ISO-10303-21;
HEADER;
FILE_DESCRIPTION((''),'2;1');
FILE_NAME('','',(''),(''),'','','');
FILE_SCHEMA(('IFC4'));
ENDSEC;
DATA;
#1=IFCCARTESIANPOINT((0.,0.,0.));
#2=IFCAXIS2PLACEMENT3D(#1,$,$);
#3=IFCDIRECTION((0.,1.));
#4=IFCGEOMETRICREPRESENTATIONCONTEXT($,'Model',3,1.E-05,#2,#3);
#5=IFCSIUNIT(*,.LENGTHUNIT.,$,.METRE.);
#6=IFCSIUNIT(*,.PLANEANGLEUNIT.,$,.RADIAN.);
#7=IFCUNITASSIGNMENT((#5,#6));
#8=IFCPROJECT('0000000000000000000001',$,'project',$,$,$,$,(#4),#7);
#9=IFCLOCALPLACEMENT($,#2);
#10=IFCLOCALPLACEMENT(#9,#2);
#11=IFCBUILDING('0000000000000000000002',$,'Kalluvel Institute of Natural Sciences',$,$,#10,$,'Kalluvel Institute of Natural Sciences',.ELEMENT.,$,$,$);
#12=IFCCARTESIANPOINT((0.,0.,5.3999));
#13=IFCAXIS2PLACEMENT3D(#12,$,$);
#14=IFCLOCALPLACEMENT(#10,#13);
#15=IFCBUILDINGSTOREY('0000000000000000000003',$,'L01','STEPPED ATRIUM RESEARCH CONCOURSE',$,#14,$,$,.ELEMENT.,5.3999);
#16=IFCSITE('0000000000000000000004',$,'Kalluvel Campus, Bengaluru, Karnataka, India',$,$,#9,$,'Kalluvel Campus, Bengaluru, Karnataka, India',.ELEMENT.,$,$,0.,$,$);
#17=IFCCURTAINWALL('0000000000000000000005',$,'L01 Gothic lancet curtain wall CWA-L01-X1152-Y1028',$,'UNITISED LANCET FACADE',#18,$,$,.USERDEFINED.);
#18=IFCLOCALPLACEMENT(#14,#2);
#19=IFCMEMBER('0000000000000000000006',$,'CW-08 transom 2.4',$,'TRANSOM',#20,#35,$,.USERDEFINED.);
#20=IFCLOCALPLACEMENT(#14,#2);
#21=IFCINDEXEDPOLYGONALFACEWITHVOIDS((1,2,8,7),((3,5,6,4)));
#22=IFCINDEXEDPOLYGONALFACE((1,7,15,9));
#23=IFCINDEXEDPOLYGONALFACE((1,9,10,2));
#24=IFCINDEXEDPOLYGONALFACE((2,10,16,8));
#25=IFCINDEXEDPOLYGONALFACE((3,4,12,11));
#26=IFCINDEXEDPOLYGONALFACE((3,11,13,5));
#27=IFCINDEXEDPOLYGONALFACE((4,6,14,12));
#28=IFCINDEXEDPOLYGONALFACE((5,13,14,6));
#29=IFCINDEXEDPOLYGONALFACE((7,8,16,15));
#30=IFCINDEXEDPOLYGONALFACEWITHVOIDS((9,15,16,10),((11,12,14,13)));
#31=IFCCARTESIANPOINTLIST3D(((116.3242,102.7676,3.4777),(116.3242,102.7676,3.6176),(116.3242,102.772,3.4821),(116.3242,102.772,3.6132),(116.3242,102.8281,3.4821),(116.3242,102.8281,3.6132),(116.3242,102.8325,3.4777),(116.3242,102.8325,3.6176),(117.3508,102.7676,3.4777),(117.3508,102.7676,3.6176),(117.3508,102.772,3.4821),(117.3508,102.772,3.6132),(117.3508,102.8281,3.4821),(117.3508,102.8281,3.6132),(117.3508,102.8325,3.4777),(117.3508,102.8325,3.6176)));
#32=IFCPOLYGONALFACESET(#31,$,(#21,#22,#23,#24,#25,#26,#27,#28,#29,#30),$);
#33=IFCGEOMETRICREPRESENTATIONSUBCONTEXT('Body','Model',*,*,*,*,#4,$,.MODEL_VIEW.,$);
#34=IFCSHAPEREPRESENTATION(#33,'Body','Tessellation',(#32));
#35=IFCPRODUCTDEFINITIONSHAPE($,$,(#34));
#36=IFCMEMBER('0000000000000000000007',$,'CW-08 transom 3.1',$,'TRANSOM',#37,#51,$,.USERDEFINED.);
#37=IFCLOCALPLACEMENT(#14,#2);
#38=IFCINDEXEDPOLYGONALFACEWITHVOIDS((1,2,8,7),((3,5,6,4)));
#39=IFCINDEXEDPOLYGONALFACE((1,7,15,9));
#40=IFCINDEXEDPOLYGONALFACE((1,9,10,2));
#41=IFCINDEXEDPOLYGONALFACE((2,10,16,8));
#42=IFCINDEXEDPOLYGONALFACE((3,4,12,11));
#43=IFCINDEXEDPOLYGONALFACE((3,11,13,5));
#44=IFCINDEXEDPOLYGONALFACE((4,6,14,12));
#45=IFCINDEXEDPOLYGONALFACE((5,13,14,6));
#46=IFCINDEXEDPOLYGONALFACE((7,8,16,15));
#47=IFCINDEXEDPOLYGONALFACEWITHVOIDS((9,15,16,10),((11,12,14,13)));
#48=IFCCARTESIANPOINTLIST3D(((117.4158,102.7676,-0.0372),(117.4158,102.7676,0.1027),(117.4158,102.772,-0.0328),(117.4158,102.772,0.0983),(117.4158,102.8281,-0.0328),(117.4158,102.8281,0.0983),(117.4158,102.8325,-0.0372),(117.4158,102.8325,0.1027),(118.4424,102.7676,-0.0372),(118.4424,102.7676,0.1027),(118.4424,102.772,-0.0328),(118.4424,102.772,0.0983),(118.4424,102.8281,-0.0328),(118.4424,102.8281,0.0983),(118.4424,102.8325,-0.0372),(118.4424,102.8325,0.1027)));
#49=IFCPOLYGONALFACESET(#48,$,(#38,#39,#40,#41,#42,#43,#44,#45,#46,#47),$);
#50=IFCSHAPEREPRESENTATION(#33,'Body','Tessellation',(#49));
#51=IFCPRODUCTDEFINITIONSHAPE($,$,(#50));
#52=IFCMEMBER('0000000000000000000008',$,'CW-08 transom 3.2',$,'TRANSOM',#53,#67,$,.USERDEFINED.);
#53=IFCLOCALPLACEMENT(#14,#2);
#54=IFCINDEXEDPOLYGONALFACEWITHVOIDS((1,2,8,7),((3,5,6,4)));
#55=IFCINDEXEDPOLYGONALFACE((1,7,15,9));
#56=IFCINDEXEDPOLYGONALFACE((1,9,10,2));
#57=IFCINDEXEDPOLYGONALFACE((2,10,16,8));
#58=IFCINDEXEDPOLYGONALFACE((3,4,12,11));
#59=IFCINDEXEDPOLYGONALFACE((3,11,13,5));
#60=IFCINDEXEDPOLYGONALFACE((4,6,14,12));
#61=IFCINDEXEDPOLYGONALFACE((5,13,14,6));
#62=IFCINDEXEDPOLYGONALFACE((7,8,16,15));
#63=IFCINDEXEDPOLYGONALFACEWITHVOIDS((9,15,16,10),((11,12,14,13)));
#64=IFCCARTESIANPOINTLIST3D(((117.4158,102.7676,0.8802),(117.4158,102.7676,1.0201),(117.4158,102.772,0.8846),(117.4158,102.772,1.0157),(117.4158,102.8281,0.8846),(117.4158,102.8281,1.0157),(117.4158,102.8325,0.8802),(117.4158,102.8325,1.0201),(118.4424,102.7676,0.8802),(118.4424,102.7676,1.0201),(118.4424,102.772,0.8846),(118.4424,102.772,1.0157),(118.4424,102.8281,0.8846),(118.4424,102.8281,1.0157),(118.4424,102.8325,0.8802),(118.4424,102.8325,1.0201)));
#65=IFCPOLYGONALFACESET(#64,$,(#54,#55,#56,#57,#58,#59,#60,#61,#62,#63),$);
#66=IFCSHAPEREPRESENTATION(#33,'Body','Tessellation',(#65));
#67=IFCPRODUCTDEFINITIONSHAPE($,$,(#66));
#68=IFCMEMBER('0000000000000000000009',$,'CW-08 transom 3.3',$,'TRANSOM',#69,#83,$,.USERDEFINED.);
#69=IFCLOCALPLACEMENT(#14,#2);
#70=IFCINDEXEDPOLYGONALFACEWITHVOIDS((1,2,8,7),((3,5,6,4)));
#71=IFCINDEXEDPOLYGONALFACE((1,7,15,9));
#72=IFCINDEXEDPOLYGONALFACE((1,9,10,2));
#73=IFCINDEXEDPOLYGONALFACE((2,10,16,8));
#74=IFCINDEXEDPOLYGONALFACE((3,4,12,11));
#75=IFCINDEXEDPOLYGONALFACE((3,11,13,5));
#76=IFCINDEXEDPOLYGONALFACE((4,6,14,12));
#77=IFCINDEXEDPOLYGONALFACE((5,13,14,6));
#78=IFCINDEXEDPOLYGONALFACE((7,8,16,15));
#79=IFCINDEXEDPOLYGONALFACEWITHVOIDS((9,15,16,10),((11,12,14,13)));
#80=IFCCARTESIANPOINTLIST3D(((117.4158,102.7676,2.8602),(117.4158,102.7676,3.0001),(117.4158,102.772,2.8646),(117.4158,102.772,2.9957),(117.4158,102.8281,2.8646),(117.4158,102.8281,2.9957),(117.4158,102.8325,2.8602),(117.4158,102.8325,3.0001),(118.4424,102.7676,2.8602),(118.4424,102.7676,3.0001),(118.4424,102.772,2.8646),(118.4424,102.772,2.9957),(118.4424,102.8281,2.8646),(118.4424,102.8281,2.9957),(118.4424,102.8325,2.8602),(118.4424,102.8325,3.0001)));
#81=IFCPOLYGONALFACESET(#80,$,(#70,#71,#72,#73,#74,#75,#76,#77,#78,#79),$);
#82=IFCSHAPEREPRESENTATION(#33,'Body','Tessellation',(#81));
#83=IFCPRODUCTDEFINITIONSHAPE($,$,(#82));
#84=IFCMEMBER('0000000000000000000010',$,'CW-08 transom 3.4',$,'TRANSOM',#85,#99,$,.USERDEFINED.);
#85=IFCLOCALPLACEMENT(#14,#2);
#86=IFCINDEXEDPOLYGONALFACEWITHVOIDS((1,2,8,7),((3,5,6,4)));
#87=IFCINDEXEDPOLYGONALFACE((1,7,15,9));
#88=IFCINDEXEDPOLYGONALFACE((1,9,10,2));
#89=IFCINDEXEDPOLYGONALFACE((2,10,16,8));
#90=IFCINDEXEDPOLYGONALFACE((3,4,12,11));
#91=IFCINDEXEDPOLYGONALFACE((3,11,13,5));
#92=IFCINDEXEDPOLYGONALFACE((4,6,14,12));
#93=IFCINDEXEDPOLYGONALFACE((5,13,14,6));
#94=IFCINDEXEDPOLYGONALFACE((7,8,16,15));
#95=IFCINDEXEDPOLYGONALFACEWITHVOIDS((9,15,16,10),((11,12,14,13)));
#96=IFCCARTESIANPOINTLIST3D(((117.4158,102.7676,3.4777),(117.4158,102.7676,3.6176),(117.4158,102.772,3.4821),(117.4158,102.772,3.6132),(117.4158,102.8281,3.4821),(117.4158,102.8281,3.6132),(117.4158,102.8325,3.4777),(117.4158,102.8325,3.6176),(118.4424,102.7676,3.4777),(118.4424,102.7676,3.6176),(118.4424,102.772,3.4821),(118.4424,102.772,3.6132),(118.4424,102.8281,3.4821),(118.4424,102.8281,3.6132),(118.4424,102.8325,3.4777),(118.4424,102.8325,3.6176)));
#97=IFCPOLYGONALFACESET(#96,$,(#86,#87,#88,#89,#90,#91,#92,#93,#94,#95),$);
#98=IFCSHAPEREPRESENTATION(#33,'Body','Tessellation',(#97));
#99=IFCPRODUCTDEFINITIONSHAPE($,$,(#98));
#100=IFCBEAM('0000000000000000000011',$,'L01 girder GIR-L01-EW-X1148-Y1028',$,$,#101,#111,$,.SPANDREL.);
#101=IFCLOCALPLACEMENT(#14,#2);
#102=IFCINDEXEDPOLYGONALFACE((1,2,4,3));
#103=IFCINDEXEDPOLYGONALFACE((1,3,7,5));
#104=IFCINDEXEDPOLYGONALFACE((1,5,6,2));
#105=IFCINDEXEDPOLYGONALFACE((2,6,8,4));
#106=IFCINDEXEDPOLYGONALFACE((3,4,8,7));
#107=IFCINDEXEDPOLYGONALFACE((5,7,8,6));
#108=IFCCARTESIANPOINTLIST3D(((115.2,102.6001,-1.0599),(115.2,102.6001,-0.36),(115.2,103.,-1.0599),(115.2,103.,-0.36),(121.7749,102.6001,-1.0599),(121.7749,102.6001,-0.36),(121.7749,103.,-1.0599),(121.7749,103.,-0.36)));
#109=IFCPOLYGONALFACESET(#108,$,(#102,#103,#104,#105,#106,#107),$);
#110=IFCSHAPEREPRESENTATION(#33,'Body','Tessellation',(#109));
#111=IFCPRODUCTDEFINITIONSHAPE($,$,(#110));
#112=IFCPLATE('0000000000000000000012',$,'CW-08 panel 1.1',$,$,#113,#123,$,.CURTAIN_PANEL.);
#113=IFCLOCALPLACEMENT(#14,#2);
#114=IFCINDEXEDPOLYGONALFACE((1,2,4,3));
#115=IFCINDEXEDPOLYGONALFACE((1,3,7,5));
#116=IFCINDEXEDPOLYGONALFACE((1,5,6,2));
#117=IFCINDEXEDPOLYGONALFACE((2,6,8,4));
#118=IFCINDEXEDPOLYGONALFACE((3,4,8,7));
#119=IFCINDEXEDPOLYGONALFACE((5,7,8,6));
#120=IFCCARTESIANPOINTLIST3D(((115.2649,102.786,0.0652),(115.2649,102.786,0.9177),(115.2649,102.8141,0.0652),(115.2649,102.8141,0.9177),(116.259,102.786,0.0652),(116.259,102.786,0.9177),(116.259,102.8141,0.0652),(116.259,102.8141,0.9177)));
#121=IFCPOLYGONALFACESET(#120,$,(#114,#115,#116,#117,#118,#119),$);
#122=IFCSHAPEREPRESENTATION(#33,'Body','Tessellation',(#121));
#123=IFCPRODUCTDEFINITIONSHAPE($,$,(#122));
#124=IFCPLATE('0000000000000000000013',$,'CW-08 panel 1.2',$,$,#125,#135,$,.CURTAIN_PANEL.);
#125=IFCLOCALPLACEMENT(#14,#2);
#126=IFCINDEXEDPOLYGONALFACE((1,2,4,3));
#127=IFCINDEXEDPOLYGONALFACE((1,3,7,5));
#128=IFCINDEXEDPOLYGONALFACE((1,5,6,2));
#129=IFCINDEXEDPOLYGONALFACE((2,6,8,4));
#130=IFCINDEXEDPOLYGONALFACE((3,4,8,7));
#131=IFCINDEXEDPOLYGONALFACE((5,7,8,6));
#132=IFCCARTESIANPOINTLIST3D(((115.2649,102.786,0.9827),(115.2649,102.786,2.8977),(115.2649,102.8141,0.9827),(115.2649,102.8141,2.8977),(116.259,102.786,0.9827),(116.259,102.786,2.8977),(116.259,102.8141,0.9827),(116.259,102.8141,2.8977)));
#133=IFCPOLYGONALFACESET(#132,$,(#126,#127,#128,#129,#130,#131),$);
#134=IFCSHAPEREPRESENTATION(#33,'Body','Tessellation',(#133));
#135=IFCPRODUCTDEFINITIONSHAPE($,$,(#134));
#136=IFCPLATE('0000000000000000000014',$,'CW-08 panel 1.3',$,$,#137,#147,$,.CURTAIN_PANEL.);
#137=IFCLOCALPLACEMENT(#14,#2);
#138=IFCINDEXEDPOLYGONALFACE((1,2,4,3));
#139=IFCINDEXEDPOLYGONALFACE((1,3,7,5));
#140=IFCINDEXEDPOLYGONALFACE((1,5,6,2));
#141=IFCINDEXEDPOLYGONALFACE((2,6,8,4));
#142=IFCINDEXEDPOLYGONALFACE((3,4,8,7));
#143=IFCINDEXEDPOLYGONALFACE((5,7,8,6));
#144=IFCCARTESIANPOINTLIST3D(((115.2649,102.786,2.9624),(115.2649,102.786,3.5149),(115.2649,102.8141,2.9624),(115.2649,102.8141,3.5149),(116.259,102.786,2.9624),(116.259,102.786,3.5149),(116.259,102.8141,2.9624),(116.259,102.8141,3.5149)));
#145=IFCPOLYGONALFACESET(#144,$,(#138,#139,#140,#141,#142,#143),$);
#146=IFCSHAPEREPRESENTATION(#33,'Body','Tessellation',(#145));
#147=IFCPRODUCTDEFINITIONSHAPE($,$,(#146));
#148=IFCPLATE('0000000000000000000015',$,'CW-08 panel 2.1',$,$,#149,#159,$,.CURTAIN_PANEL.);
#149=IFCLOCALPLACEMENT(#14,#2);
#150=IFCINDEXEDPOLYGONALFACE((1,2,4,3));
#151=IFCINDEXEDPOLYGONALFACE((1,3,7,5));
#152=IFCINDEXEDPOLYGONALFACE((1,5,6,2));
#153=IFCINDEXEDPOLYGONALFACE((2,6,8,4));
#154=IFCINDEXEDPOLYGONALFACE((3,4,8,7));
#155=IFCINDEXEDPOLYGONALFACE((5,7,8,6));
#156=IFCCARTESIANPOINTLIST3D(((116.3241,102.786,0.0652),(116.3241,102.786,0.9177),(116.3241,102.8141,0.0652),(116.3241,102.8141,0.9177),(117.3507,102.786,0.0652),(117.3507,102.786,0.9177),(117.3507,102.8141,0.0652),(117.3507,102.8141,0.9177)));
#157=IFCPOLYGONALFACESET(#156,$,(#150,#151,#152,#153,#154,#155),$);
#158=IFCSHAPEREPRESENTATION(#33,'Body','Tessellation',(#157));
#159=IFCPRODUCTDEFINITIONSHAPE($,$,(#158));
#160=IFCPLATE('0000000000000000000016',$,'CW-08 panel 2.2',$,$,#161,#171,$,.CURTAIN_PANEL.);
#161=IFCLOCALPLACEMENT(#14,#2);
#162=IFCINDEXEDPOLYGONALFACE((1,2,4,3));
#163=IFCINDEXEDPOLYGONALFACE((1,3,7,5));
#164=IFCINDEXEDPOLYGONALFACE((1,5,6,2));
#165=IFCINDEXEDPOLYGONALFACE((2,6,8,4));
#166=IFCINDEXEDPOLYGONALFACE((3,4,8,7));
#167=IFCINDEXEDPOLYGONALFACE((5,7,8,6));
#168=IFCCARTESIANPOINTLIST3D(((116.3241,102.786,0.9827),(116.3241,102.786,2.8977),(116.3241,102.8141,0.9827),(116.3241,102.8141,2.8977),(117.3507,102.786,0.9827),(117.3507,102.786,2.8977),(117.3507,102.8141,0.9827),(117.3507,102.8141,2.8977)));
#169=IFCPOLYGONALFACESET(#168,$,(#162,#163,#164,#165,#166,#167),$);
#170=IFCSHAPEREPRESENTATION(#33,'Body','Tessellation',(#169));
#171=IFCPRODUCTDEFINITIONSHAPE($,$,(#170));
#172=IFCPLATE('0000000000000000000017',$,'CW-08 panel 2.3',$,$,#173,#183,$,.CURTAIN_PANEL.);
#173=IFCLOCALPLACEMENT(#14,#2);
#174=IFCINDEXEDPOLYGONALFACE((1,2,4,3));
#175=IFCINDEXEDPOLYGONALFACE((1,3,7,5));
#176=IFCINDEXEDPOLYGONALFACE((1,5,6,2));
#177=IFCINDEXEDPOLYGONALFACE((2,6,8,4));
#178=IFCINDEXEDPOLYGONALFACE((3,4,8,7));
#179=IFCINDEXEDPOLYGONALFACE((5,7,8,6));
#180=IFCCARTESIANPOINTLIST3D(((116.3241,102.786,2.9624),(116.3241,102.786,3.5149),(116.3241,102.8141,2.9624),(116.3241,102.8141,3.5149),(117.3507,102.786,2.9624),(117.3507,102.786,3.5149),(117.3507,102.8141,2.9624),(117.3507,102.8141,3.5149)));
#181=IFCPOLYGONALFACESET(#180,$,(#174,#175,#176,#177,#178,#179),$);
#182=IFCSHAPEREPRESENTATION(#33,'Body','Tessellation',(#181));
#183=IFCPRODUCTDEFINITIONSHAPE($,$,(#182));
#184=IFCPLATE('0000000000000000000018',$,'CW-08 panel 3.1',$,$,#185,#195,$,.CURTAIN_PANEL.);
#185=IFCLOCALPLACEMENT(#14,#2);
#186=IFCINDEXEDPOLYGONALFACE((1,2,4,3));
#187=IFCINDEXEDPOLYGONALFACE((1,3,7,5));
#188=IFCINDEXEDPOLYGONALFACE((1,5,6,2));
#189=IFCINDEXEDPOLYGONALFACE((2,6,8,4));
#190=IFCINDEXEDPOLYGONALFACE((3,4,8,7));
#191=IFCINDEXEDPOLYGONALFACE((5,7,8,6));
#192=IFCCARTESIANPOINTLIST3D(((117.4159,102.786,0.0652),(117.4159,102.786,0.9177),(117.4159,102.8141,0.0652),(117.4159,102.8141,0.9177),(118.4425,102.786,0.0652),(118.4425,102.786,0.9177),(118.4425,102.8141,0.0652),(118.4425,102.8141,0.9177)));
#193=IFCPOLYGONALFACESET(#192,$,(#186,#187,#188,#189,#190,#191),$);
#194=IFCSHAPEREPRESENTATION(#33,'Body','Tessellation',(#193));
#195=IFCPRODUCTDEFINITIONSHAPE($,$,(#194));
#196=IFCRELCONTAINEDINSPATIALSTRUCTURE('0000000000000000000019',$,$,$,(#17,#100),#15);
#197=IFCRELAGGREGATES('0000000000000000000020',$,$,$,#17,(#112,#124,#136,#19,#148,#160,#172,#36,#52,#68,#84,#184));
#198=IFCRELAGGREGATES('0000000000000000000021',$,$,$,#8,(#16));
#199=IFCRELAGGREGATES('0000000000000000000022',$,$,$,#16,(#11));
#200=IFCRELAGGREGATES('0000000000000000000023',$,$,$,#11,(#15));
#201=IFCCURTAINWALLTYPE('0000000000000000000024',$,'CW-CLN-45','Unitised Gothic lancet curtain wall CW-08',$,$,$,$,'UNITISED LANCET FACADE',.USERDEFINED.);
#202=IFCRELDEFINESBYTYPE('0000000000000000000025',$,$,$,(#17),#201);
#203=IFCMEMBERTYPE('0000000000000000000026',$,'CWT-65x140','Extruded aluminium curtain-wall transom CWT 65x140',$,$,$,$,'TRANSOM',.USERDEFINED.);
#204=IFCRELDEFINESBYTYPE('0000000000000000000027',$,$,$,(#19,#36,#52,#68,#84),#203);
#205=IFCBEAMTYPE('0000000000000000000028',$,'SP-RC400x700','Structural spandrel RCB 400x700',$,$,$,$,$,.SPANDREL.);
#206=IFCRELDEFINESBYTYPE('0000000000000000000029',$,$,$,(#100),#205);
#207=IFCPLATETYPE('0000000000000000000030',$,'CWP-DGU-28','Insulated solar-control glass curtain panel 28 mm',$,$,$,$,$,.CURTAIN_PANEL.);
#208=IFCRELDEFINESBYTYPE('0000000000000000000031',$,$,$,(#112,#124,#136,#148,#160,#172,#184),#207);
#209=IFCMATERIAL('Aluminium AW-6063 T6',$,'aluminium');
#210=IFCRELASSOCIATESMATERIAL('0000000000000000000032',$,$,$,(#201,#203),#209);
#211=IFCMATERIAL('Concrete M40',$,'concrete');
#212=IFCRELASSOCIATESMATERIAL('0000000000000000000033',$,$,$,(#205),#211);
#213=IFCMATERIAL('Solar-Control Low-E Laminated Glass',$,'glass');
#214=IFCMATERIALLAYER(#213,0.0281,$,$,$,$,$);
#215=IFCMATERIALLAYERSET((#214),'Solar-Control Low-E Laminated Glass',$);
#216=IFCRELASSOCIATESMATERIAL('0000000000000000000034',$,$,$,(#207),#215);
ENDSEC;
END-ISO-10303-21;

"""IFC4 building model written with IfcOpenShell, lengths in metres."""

from ifc_helpers import new_model, si_unit, direction, frame, origin, origin_2d, place, context, subcontext, project, spatial, rectangle, hollow_rectangle, extrude, material, layer, layer_set, material_profile, profile_set, type_object, element, aggregate, save


model = new_model("IFC4")

# Units and contexts
model_context = context("Model", 3, precision=1e-05, world=origin(), true_north=direction((0.0, 1.0)))
body_context = subcontext(model_context, "Body", "Model", "MODEL_VIEW")
ifc_project = project(units=[si_unit("LENGTHUNIT", "METRE"), si_unit("PLANEANGLEUNIT", "RADIAN")], contexts=[model_context])

# Site, building, storey
site_placement = place(None, origin())
site = spatial("IfcSite", under=ifc_project, at=site_placement, Name="Kalluvel Campus, Bengaluru, Karnataka, India", LongName="Kalluvel Campus, Bengaluru, Karnataka, India", CompositionType="ELEMENT", RefElevation=0.0)
building_placement = place(site_placement, origin())
building = spatial("IfcBuilding", under=site, at=building_placement, Name="Kalluvel Institute of Natural Sciences", LongName="Kalluvel Institute of Natural Sciences", CompositionType="ELEMENT")
storey_placement = place(building_placement, frame((0.0, 0.0, 5.3999)))
storey = spatial("IfcBuildingStorey", under=building, at=storey_placement, Name="L01", Description="STEPPED ATRIUM RESEARCH CONCOURSE", CompositionType="ELEMENT", Elevation=5.3999)

# Shared definitions
ifc_material_1 = material(Name="Concrete M40", Category="concrete")

# Curtain wall, members
ifc_material_2 = material(Name="Aluminium AW-6063 T6", Category="aluminium")
curtain_wall_type = type_object("IfcCurtainWallType", Name="CW-CLN-45", Description="Unitised Gothic lancet curtain wall CW-08", ElementType="UNITISED LANCET FACADE", PredefinedType="USERDEFINED", material=ifc_material_2)
curtain_wall_placement = place(storey_placement, origin())
curtain_wall = element("IfcCurtainWall", 1, at=curtain_wall_placement, inside=storey, type_object=curtain_wall_type, Name="L01 Gothic lancet curtain wall CWA-L01-X1152-Y1028", ObjectType="UNITISED LANCET FACADE", PredefinedType="USERDEFINED")
ifc_material_profile_1 = material_profile(ifc_material_2, hollow_rectangle(XDim=0.0649, YDim=0.1399, WallThickness=0.0044, at=origin_2d()), Name="CWT 65x140")
ifc_profile_set_1 = profile_set([ifc_material_profile_1], Name="Aluminium AW-6063 T6")
member_type_1 = type_object("IfcMemberType", Name="CWT-65x140", Description="Extruded aluminium curtain-wall transom CWT 65x140", ElementType="TRANSOM", PredefinedType="USERDEFINED", material=ifc_profile_set_1)
member_1_placement = place(storey_placement, frame((116.3242, 102.8, 3.5476), z_axis=(1.0, 0.0, 0.0), x_axis=(0.0, 1.0, 0.0)))
member_1 = element("IfcMember", 2, at=member_1_placement, type_object=member_type_1, Name="CW-08 transom 2.4", ObjectType="TRANSOM", PredefinedType="USERDEFINED", context=body_context, shape_type="SweptSolid", body=[
    extrude(hollow_rectangle(XDim=0.0649, YDim=0.1399, WallThickness=0.0044, at=origin_2d()), origin(), (0.0, 0.0, 1.0), 1.0266),
])
member_2_placement = place(storey_placement, frame((117.4158, 102.8, 0.0327), z_axis=(1.0, 0.0, 0.0), x_axis=(0.0, 1.0, 0.0)))
member_2 = element("IfcMember", 3, at=member_2_placement, type_object=member_type_1, Name="CW-08 transom 3.1", ObjectType="TRANSOM", PredefinedType="USERDEFINED", context=body_context, shape_type="SweptSolid", body=[
    extrude(hollow_rectangle(XDim=0.0649, YDim=0.1399, WallThickness=0.0044, at=origin_2d()), origin(), (0.0, 0.0, 1.0), 1.0266),
])
member_3_placement = place(storey_placement, frame((117.4158, 102.8, 0.9502), z_axis=(1.0, 0.0, 0.0), x_axis=(0.0, 1.0, 0.0)))
member_3 = element("IfcMember", 4, at=member_3_placement, type_object=member_type_1, Name="CW-08 transom 3.2", ObjectType="TRANSOM", PredefinedType="USERDEFINED", context=body_context, shape_type="SweptSolid", body=[
    extrude(hollow_rectangle(XDim=0.0649, YDim=0.1399, WallThickness=0.0044, at=origin_2d()), origin(), (0.0, 0.0, 1.0), 1.0266),
])
member_4_placement = place(storey_placement, frame((117.4158, 102.8, 2.9302), z_axis=(1.0, 0.0, 0.0), x_axis=(0.0, 1.0, 0.0)))
member_4 = element("IfcMember", 5, at=member_4_placement, type_object=member_type_1, Name="CW-08 transom 3.3", ObjectType="TRANSOM", PredefinedType="USERDEFINED", context=body_context, shape_type="SweptSolid", body=[
    extrude(hollow_rectangle(XDim=0.0649, YDim=0.1399, WallThickness=0.0044, at=origin_2d()), origin(), (0.0, 0.0, 1.0), 1.0266),
])
member_5_placement = place(storey_placement, frame((117.4158, 102.8, 3.5476), z_axis=(1.0, 0.0, 0.0), x_axis=(0.0, 1.0, 0.0)))
member_5 = element("IfcMember", 6, at=member_5_placement, type_object=member_type_1, Name="CW-08 transom 3.4", ObjectType="TRANSOM", PredefinedType="USERDEFINED", context=body_context, shape_type="SweptSolid", body=[
    extrude(hollow_rectangle(XDim=0.0649, YDim=0.1399, WallThickness=0.0044, at=origin_2d()), origin(), (0.0, 0.0, 1.0), 1.0266),
])

# Beam
ifc_material_profile_2 = material_profile(ifc_material_1, rectangle(XDim=0.3999, YDim=0.7, at=origin_2d()), Name="RCB 400x700")
ifc_profile_set_2 = profile_set([ifc_material_profile_2], Name="Concrete M40")
beam_type = type_object("IfcBeamType", Name="SP-RC400x700", Description="Structural spandrel RCB 400x700", PredefinedType="SPANDREL", material=ifc_profile_set_2)
beam_placement = place(storey_placement, frame((115.2, 102.8, -0.71), z_axis=(1.0, 0.0, 0.0), x_axis=(0.0, 1.0, 0.0)))
element("IfcBeam", 7, at=beam_placement, inside=storey, type_object=beam_type, Name="L01 girder GIR-L01-EW-X1148-Y1028", PredefinedType="SPANDREL", context=body_context, shape_type="SweptSolid", body=[
    extrude(rectangle(XDim=0.3999, YDim=0.7, at=origin_2d()), origin(), (0.0, 0.0, 1.0), 6.575),
])

# Plates
ifc_material_3 = material(Name="Solar-Control Low-E Laminated Glass", Category="glass")
ifc_layer = layer(ifc_material_3, 0.0281)
ifc_layer_set = layer_set([ifc_layer], Name="Solar-Control Low-E Laminated Glass")
plate_type = type_object("IfcPlateType", Name="CWP-DGU-28", Description="Insulated solar-control glass curtain panel 28 mm", PredefinedType="CURTAIN_PANEL", material=ifc_layer_set)
plate_1_placement = place(storey_placement, frame((115.762, 102.8, 0.0652), z_axis=(0.0, 0.0, 1.0), x_axis=(1.0, 0.0, 0.0)))
plate_1 = element("IfcPlate", 8, at=plate_1_placement, type_object=plate_type, Name="CW-08 panel 1.1", PredefinedType="CURTAIN_PANEL", context=body_context, shape_type="SweptSolid", body=[
    extrude(rectangle(XDim=0.9941, YDim=0.0281, at=origin_2d()), origin(), (0.0, 0.0, 1.0), 0.8525),
])
plate_2_placement = place(storey_placement, frame((115.762, 102.8, 0.9827), z_axis=(0.0, 0.0, 1.0), x_axis=(1.0, 0.0, 0.0)))
plate_2 = element("IfcPlate", 9, at=plate_2_placement, type_object=plate_type, Name="CW-08 panel 1.2", PredefinedType="CURTAIN_PANEL", context=body_context, shape_type="SweptSolid", body=[
    extrude(rectangle(XDim=0.9941, YDim=0.0281, at=origin_2d()), origin(), (0.0, 0.0, 1.0), 1.915),
])
plate_3_placement = place(storey_placement, frame((115.762, 102.8, 2.9624), z_axis=(0.0, 0.0, 1.0), x_axis=(1.0, 0.0, 0.0)))
plate_3 = element("IfcPlate", 10, at=plate_3_placement, type_object=plate_type, Name="CW-08 panel 1.3", PredefinedType="CURTAIN_PANEL", context=body_context, shape_type="SweptSolid", body=[
    extrude(rectangle(XDim=0.9941, YDim=0.0281, at=origin_2d()), origin(), (0.0, 0.0, 1.0), 0.5525),
])
plate_4_placement = place(storey_placement, frame((116.8374, 102.8, 0.0652), z_axis=(0.0, 0.0, 1.0), x_axis=(1.0, 0.0, 0.0)))
plate_4 = element("IfcPlate", 11, at=plate_4_placement, type_object=plate_type, Name="CW-08 panel 2.1", PredefinedType="CURTAIN_PANEL", context=body_context, shape_type="SweptSolid", body=[
    extrude(rectangle(XDim=1.0266, YDim=0.0281, at=origin_2d()), origin(), (0.0, 0.0, 1.0), 0.8525),
])
plate_5_placement = place(storey_placement, frame((116.8374, 102.8, 0.9827), z_axis=(0.0, 0.0, 1.0), x_axis=(1.0, 0.0, 0.0)))
plate_5 = element("IfcPlate", 12, at=plate_5_placement, type_object=plate_type, Name="CW-08 panel 2.2", PredefinedType="CURTAIN_PANEL", context=body_context, shape_type="SweptSolid", body=[
    extrude(rectangle(XDim=1.0266, YDim=0.0281, at=origin_2d()), origin(), (0.0, 0.0, 1.0), 1.915),
])
plate_6_placement = place(storey_placement, frame((116.8374, 102.8, 2.9624), z_axis=(0.0, 0.0, 1.0), x_axis=(1.0, 0.0, 0.0)))
plate_6 = element("IfcPlate", 13, at=plate_6_placement, type_object=plate_type, Name="CW-08 panel 2.3", PredefinedType="CURTAIN_PANEL", context=body_context, shape_type="SweptSolid", body=[
    extrude(rectangle(XDim=1.0266, YDim=0.0281, at=origin_2d()), origin(), (0.0, 0.0, 1.0), 0.5525),
])
plate_7_placement = place(storey_placement, frame((117.9292, 102.8, 0.0652), z_axis=(0.0, 0.0, 1.0), x_axis=(1.0, 0.0, 0.0)))
plate_7 = element("IfcPlate", 14, at=plate_7_placement, type_object=plate_type, Name="CW-08 panel 3.1", PredefinedType="CURTAIN_PANEL", context=body_context, shape_type="SweptSolid", body=[
    extrude(rectangle(XDim=1.0266, YDim=0.0281, at=origin_2d()), origin(), (0.0, 0.0, 1.0), 0.8525),
])
aggregate(curtain_wall, [plate_1, plate_2, plate_3, member_1, plate_4, plate_5, plate_6, member_2, member_3, member_4, member_5, plate_7])

save(model, "model.ifc")
